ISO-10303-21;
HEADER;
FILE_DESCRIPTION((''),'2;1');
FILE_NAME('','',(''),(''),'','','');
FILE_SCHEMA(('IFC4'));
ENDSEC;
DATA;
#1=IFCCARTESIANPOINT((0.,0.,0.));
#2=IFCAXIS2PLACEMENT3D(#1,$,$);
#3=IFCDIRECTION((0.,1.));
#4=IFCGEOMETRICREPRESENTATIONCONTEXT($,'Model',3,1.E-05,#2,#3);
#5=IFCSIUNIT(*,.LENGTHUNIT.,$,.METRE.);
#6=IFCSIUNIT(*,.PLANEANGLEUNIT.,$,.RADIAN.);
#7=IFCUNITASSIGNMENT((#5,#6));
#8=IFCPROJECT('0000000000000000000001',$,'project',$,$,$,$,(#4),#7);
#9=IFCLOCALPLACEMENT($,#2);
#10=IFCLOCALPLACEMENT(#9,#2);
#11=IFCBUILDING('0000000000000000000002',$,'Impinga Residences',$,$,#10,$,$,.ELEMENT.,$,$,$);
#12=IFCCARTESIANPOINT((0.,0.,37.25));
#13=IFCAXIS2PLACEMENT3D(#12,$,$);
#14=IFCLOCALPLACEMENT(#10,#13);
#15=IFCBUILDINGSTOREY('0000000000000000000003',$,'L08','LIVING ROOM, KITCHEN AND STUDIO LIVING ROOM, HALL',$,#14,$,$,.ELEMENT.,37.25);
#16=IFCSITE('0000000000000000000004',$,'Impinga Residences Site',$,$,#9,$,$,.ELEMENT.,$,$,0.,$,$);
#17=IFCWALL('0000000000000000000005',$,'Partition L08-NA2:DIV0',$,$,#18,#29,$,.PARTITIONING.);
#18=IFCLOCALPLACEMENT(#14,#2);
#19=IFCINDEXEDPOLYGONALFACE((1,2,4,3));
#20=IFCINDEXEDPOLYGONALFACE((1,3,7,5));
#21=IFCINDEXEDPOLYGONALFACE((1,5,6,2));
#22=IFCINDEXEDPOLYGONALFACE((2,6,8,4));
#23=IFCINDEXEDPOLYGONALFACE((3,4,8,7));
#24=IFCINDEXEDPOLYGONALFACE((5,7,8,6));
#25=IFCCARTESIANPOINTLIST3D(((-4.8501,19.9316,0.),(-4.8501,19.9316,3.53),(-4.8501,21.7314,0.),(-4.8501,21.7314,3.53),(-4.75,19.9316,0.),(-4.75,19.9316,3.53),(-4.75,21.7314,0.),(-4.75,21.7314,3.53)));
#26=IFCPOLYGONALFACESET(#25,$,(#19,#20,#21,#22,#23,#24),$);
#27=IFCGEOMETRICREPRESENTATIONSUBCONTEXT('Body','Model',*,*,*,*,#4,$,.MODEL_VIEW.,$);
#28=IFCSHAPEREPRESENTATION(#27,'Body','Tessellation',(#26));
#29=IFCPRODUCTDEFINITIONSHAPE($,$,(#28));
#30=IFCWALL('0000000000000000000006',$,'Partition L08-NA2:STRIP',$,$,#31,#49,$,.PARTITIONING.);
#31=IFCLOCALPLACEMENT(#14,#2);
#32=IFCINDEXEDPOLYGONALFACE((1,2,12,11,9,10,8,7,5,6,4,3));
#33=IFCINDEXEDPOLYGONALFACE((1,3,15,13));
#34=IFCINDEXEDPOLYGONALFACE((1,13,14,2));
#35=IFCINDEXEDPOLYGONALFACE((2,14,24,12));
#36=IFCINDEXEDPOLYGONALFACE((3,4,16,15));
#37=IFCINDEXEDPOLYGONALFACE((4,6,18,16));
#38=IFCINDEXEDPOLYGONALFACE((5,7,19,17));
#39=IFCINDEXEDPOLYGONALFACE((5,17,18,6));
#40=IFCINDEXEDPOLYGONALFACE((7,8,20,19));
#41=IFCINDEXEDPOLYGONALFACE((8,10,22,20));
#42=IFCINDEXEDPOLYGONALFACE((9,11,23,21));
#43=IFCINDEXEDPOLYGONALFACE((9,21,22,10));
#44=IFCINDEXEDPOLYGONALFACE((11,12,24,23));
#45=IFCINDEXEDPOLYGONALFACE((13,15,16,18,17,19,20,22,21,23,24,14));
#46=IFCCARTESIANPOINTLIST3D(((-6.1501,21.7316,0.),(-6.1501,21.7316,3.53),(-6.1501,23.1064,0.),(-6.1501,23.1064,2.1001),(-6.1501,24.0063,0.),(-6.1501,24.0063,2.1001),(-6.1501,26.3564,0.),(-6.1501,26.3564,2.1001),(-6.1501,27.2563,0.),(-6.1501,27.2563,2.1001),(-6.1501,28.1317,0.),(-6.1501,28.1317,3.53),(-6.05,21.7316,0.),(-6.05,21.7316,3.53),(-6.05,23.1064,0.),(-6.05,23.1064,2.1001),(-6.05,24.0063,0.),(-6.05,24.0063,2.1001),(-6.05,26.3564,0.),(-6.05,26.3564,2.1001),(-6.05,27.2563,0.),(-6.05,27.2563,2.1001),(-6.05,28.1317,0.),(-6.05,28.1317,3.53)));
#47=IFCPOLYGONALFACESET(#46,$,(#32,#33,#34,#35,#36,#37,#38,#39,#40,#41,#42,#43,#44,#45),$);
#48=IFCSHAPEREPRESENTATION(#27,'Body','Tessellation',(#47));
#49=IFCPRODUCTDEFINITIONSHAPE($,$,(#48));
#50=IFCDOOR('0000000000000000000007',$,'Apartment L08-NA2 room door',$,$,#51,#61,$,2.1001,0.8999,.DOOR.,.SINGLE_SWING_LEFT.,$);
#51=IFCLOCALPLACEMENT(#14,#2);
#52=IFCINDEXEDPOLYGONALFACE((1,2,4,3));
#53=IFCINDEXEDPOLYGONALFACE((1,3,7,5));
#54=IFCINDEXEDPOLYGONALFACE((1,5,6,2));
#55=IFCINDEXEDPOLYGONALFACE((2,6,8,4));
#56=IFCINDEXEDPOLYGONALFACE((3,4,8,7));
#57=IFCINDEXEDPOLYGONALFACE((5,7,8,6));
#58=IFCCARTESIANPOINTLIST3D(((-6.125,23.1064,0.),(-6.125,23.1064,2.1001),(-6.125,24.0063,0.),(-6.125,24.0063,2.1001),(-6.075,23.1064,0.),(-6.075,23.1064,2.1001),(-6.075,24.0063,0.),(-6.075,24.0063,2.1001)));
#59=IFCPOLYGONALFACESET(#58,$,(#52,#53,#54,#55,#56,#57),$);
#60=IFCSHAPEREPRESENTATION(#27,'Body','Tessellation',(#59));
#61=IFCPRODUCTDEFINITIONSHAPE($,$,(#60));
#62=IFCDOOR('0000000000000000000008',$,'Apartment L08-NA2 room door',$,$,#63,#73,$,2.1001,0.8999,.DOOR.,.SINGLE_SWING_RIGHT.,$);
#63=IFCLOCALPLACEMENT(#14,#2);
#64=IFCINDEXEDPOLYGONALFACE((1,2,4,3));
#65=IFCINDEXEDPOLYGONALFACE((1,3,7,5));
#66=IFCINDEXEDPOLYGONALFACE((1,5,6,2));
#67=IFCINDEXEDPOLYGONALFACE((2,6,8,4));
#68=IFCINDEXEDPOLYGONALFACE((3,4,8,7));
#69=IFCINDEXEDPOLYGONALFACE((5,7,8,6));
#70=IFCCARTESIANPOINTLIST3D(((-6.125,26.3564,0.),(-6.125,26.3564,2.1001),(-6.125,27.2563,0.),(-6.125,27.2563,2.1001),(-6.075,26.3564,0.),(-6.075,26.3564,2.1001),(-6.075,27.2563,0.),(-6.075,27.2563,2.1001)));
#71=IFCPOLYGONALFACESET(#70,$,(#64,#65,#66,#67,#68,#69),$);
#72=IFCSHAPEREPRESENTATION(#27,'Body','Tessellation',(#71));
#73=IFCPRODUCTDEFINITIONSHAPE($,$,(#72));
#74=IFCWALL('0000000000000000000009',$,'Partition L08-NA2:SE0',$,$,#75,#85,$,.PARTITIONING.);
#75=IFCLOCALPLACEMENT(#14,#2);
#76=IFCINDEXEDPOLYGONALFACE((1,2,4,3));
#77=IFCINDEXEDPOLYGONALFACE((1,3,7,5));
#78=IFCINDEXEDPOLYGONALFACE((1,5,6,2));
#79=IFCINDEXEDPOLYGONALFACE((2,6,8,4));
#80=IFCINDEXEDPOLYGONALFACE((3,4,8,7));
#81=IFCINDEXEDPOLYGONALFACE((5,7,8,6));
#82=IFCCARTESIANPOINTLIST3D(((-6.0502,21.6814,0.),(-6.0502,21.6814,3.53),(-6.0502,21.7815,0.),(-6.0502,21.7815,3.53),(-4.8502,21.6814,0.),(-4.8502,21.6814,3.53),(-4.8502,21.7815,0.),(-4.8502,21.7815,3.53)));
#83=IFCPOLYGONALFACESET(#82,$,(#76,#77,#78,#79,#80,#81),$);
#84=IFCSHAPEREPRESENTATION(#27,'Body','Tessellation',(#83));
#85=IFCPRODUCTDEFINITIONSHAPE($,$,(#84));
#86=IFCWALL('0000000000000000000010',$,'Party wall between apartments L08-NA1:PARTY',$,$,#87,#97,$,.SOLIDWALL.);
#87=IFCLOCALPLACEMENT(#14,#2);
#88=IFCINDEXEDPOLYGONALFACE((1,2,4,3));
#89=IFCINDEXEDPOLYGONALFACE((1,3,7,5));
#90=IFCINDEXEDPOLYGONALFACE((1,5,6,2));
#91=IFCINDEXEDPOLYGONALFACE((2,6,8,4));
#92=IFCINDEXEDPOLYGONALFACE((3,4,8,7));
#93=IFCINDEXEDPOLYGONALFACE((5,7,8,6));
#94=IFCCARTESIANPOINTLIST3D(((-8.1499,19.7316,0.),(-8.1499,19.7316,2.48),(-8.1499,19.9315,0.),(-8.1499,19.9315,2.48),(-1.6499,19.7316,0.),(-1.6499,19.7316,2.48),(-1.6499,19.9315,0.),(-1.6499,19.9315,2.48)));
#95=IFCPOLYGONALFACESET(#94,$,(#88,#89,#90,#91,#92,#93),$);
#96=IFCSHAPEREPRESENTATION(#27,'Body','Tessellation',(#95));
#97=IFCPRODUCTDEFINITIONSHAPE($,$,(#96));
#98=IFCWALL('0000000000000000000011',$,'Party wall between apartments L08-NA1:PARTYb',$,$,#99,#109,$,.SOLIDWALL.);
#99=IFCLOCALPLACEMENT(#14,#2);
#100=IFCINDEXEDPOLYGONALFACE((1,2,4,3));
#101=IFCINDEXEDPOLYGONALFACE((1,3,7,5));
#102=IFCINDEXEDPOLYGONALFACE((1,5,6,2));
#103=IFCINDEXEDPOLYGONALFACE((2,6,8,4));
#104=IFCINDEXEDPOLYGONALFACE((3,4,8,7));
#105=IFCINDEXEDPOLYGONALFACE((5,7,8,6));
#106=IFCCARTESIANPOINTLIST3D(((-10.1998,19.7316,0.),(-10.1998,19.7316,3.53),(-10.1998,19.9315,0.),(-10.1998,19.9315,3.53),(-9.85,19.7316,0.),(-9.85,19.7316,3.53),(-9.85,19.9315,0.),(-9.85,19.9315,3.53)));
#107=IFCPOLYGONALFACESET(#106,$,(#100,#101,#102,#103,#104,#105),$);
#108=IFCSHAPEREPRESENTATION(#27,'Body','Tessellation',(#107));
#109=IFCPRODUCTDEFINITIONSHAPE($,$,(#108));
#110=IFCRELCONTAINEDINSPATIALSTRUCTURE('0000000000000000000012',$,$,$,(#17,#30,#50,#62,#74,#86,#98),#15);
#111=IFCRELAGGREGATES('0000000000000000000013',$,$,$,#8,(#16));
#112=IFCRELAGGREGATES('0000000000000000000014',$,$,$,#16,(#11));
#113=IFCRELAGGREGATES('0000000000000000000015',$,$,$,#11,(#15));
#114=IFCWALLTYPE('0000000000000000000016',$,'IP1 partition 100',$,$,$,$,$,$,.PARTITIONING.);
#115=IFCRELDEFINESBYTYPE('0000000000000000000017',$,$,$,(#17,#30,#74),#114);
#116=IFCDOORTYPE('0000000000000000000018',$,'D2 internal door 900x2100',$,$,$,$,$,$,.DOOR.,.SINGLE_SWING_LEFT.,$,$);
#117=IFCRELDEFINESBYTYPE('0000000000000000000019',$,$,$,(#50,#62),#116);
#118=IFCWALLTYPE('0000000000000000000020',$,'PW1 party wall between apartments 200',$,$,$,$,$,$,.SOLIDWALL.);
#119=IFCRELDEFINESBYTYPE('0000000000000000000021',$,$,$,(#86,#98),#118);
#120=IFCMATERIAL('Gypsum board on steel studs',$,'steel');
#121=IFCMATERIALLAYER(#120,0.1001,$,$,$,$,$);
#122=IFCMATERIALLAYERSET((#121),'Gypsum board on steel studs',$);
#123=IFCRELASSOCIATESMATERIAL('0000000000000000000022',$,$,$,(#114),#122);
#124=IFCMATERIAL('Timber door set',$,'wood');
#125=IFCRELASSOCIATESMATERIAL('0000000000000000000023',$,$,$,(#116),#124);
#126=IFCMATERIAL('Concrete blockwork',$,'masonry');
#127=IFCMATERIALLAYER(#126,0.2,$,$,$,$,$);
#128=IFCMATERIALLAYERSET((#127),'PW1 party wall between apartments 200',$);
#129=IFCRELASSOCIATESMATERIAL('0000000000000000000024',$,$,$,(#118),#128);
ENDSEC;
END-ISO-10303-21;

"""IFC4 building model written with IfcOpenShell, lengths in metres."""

from ifc_helpers import new_model, si_unit, direction, frame, frame_2d, origin, place, context, subcontext, project, spatial, rectangle, extrude, material, layer, layer_set, type_object, element, fill, save


model = new_model("IFC4")

# Units and contexts
model_context = context("Model", 3, precision=1e-05, world=origin(), true_north=direction((0.0, 1.0)))
body_context = subcontext(model_context, "Body", "Model", "MODEL_VIEW")
ifc_project = project(units=[si_unit("LENGTHUNIT", "METRE"), si_unit("PLANEANGLEUNIT", "RADIAN")], contexts=[model_context])

# Site, building, storey
site_placement = place(None, origin())
site = spatial("IfcSite", under=ifc_project, at=site_placement, Name="Impinga Residences Site", CompositionType="ELEMENT", RefElevation=0.0)
building_placement = place(site_placement, origin())
building = spatial("IfcBuilding", under=site, at=building_placement, Name="Impinga Residences", CompositionType="ELEMENT")
storey_placement = place(building_placement, frame((0.0, 0.0, 37.25)))
storey = spatial("IfcBuildingStorey", under=building, at=storey_placement, Name="L08", Description="LIVING ROOM, KITCHEN AND STUDIO LIVING ROOM, HALL", CompositionType="ELEMENT", Elevation=37.25)

# Shared definitions
ifc_material_1 = material(Name="Gypsum board on steel studs", Category="steel")
ifc_layer_1 = layer(ifc_material_1, 0.1001)
ifc_layer_set_1 = layer_set([ifc_layer_1], Name="Gypsum board on steel studs")
wall_type_1 = type_object("IfcWallType", Name="IP1 partition 100", PredefinedType="PARTITIONING", material=ifc_layer_set_1)

# Shared definitions
ifc_material_2 = material(Name="Timber door set", Category="wood")
door_type = type_object("IfcDoorType", Name="D2 internal door 900x2100", OperationType="SINGLE_SWING_LEFT", PredefinedType="DOOR", material=ifc_material_2)

# Wall
wall_1_placement = place(storey_placement, frame((-4.8, 19.9316, 0.0), z_axis=(0.0, 0.0, 1.0), x_axis=(0.0, 1.0, 0.0)))
element("IfcWall", 1, at=wall_1_placement, inside=storey, type_object=wall_type_1, Name="Partition L08-NA2:DIV0", PredefinedType="PARTITIONING", context=body_context, shape_type="SweptSolid", body=[
    extrude(rectangle(XDim=1.7998, YDim=0.1001, at=frame_2d((0.8999, 0.0))), origin(), (0.0, 0.0, 1.0), 3.53),
])

# Wall, openings, doors
wall_2_placement = place(storey_placement, frame((-6.1001, 21.7314, 0.0), z_axis=(0.0, 0.0, 1.0), x_axis=(0.0, 1.0, 0.0)))
wall_2 = element("IfcWall", 2, at=wall_2_placement, inside=storey, type_object=wall_type_1, Name="Partition L08-NA2:STRIP", PredefinedType="PARTITIONING", context=body_context, shape_type="SweptSolid", body=[
    extrude(rectangle(XDim=6.4001, YDim=0.1001, at=frame_2d((3.2002, 0.0))), origin(), (0.0, 0.0, 1.0), 3.53),
])
opening_1_placement = place(wall_2_placement, frame((1.375, 0.0, 0.0)))
opening_1 = element("IfcOpeningElement", 3, at=opening_1_placement, cuts=wall_2, PredefinedType="OPENING", context=body_context, shape_type="SweptSolid", body=[
    extrude(rectangle(XDim=0.8999, YDim=2.1001, at=frame_2d((0.45, 1.05))), frame((0.0, 0.0601, 0.0), z_axis=(0.0, -1.0, 0.0), x_axis=(1.0, 0.0, 0.0)), (0.0, 0.0, 1.0), 0.1201),
])
opening_2_placement = place(wall_2_placement, frame((4.625, 0.0, 0.0)))
opening_2 = element("IfcOpeningElement", 4, at=opening_2_placement, cuts=wall_2, PredefinedType="OPENING", context=body_context, shape_type="SweptSolid", body=[
    extrude(rectangle(XDim=0.8999, YDim=2.1001, at=frame_2d((0.45, 1.05))), frame((0.0, 0.0601, 0.0), z_axis=(0.0, -1.0, 0.0), x_axis=(1.0, 0.0, 0.0)), (0.0, 0.0, 1.0), 0.1201),
])
door_1_placement = place(opening_1_placement, origin())
door_1 = element("IfcDoor", 5, at=door_1_placement, inside=storey, type_object=door_type, Name="Apartment L08-NA2 room door", OperationType="SINGLE_SWING_LEFT", OverallHeight=2.1001, OverallWidth=0.8999, PredefinedType="DOOR", context=body_context, shape_type="SweptSolid", body=[
    extrude(rectangle(XDim=0.8999, YDim=2.1001, at=frame_2d((0.45, 1.05))), frame((0.0, 0.0249, 0.0), z_axis=(0.0, -1.0, 0.0), x_axis=(1.0, 0.0, 0.0)), (0.0, 0.0, 1.0), 0.05),
])
fill(opening_1, door_1)
door_2_placement = place(opening_2_placement, origin())
door_2 = element("IfcDoor", 6, at=door_2_placement, inside=storey, type_object=door_type, Name="Apartment L08-NA2 room door", OperationType="SINGLE_SWING_RIGHT", OverallHeight=2.1001, OverallWidth=0.8999, PredefinedType="DOOR", context=body_context, shape_type="SweptSolid", body=[
    extrude(rectangle(XDim=0.8999, YDim=2.1001, at=frame_2d((0.45, 1.05))), frame((0.0, 0.0249, 0.0), z_axis=(0.0, -1.0, 0.0), x_axis=(1.0, 0.0, 0.0)), (0.0, 0.0, 1.0), 0.05),
])
fill(opening_2, door_2)

# Walls
wall_3_placement = place(storey_placement, frame((-4.8501, 21.7314, 0.0), z_axis=(0.0, 0.0, 1.0), x_axis=(-1.0, 0.0, 0.0)))
element("IfcWall", 7, at=wall_3_placement, inside=storey, type_object=wall_type_1, Name="Partition L08-NA2:SE0", PredefinedType="PARTITIONING", context=body_context, shape_type="SweptSolid", body=[
    extrude(rectangle(XDim=1.2, YDim=0.1001, at=frame_2d((0.6001, 0.0))), origin(), (0.0, 0.0, 1.0), 3.53),
])
ifc_material_3 = material(Name="Concrete blockwork", Category="masonry")
ifc_layer_2 = layer(ifc_material_3, 0.2)
ifc_layer_set_2 = layer_set([ifc_layer_2], Name="PW1 party wall between apartments 200")
wall_type_2 = type_object("IfcWallType", Name="PW1 party wall between apartments 200", PredefinedType="SOLIDWALL", material=ifc_layer_set_2)
wall_4_placement = place(storey_placement, frame((-1.6499, 19.8315, 0.0), z_axis=(0.0, 0.0, 1.0), x_axis=(-1.0, 0.0, 0.0)))
element("IfcWall", 8, at=wall_4_placement, inside=storey, type_object=wall_type_2, Name="Party wall between apartments L08-NA1:PARTY", PredefinedType="SOLIDWALL", context=body_context, shape_type="SweptSolid", body=[
    extrude(rectangle(XDim=6.5, YDim=0.2, at=frame_2d((3.25, 0.0))), origin(), (0.0, 0.0, 1.0), 2.48),
])
wall_5_placement = place(storey_placement, frame((-9.8501, 19.8315, 0.0), z_axis=(0.0, 0.0, 1.0), x_axis=(-1.0, 0.0, 0.0)))
element("IfcWall", 9, at=wall_5_placement, inside=storey, type_object=wall_type_2, Name="Party wall between apartments L08-NA1:PARTYb", PredefinedType="SOLIDWALL", context=body_context, shape_type="SweptSolid", body=[
    extrude(rectangle(XDim=0.3499, YDim=0.2, at=frame_2d((0.1748, 0.0))), origin(), (0.0, 0.0, 1.0), 3.53),
])

save(model, "model.ifc")
